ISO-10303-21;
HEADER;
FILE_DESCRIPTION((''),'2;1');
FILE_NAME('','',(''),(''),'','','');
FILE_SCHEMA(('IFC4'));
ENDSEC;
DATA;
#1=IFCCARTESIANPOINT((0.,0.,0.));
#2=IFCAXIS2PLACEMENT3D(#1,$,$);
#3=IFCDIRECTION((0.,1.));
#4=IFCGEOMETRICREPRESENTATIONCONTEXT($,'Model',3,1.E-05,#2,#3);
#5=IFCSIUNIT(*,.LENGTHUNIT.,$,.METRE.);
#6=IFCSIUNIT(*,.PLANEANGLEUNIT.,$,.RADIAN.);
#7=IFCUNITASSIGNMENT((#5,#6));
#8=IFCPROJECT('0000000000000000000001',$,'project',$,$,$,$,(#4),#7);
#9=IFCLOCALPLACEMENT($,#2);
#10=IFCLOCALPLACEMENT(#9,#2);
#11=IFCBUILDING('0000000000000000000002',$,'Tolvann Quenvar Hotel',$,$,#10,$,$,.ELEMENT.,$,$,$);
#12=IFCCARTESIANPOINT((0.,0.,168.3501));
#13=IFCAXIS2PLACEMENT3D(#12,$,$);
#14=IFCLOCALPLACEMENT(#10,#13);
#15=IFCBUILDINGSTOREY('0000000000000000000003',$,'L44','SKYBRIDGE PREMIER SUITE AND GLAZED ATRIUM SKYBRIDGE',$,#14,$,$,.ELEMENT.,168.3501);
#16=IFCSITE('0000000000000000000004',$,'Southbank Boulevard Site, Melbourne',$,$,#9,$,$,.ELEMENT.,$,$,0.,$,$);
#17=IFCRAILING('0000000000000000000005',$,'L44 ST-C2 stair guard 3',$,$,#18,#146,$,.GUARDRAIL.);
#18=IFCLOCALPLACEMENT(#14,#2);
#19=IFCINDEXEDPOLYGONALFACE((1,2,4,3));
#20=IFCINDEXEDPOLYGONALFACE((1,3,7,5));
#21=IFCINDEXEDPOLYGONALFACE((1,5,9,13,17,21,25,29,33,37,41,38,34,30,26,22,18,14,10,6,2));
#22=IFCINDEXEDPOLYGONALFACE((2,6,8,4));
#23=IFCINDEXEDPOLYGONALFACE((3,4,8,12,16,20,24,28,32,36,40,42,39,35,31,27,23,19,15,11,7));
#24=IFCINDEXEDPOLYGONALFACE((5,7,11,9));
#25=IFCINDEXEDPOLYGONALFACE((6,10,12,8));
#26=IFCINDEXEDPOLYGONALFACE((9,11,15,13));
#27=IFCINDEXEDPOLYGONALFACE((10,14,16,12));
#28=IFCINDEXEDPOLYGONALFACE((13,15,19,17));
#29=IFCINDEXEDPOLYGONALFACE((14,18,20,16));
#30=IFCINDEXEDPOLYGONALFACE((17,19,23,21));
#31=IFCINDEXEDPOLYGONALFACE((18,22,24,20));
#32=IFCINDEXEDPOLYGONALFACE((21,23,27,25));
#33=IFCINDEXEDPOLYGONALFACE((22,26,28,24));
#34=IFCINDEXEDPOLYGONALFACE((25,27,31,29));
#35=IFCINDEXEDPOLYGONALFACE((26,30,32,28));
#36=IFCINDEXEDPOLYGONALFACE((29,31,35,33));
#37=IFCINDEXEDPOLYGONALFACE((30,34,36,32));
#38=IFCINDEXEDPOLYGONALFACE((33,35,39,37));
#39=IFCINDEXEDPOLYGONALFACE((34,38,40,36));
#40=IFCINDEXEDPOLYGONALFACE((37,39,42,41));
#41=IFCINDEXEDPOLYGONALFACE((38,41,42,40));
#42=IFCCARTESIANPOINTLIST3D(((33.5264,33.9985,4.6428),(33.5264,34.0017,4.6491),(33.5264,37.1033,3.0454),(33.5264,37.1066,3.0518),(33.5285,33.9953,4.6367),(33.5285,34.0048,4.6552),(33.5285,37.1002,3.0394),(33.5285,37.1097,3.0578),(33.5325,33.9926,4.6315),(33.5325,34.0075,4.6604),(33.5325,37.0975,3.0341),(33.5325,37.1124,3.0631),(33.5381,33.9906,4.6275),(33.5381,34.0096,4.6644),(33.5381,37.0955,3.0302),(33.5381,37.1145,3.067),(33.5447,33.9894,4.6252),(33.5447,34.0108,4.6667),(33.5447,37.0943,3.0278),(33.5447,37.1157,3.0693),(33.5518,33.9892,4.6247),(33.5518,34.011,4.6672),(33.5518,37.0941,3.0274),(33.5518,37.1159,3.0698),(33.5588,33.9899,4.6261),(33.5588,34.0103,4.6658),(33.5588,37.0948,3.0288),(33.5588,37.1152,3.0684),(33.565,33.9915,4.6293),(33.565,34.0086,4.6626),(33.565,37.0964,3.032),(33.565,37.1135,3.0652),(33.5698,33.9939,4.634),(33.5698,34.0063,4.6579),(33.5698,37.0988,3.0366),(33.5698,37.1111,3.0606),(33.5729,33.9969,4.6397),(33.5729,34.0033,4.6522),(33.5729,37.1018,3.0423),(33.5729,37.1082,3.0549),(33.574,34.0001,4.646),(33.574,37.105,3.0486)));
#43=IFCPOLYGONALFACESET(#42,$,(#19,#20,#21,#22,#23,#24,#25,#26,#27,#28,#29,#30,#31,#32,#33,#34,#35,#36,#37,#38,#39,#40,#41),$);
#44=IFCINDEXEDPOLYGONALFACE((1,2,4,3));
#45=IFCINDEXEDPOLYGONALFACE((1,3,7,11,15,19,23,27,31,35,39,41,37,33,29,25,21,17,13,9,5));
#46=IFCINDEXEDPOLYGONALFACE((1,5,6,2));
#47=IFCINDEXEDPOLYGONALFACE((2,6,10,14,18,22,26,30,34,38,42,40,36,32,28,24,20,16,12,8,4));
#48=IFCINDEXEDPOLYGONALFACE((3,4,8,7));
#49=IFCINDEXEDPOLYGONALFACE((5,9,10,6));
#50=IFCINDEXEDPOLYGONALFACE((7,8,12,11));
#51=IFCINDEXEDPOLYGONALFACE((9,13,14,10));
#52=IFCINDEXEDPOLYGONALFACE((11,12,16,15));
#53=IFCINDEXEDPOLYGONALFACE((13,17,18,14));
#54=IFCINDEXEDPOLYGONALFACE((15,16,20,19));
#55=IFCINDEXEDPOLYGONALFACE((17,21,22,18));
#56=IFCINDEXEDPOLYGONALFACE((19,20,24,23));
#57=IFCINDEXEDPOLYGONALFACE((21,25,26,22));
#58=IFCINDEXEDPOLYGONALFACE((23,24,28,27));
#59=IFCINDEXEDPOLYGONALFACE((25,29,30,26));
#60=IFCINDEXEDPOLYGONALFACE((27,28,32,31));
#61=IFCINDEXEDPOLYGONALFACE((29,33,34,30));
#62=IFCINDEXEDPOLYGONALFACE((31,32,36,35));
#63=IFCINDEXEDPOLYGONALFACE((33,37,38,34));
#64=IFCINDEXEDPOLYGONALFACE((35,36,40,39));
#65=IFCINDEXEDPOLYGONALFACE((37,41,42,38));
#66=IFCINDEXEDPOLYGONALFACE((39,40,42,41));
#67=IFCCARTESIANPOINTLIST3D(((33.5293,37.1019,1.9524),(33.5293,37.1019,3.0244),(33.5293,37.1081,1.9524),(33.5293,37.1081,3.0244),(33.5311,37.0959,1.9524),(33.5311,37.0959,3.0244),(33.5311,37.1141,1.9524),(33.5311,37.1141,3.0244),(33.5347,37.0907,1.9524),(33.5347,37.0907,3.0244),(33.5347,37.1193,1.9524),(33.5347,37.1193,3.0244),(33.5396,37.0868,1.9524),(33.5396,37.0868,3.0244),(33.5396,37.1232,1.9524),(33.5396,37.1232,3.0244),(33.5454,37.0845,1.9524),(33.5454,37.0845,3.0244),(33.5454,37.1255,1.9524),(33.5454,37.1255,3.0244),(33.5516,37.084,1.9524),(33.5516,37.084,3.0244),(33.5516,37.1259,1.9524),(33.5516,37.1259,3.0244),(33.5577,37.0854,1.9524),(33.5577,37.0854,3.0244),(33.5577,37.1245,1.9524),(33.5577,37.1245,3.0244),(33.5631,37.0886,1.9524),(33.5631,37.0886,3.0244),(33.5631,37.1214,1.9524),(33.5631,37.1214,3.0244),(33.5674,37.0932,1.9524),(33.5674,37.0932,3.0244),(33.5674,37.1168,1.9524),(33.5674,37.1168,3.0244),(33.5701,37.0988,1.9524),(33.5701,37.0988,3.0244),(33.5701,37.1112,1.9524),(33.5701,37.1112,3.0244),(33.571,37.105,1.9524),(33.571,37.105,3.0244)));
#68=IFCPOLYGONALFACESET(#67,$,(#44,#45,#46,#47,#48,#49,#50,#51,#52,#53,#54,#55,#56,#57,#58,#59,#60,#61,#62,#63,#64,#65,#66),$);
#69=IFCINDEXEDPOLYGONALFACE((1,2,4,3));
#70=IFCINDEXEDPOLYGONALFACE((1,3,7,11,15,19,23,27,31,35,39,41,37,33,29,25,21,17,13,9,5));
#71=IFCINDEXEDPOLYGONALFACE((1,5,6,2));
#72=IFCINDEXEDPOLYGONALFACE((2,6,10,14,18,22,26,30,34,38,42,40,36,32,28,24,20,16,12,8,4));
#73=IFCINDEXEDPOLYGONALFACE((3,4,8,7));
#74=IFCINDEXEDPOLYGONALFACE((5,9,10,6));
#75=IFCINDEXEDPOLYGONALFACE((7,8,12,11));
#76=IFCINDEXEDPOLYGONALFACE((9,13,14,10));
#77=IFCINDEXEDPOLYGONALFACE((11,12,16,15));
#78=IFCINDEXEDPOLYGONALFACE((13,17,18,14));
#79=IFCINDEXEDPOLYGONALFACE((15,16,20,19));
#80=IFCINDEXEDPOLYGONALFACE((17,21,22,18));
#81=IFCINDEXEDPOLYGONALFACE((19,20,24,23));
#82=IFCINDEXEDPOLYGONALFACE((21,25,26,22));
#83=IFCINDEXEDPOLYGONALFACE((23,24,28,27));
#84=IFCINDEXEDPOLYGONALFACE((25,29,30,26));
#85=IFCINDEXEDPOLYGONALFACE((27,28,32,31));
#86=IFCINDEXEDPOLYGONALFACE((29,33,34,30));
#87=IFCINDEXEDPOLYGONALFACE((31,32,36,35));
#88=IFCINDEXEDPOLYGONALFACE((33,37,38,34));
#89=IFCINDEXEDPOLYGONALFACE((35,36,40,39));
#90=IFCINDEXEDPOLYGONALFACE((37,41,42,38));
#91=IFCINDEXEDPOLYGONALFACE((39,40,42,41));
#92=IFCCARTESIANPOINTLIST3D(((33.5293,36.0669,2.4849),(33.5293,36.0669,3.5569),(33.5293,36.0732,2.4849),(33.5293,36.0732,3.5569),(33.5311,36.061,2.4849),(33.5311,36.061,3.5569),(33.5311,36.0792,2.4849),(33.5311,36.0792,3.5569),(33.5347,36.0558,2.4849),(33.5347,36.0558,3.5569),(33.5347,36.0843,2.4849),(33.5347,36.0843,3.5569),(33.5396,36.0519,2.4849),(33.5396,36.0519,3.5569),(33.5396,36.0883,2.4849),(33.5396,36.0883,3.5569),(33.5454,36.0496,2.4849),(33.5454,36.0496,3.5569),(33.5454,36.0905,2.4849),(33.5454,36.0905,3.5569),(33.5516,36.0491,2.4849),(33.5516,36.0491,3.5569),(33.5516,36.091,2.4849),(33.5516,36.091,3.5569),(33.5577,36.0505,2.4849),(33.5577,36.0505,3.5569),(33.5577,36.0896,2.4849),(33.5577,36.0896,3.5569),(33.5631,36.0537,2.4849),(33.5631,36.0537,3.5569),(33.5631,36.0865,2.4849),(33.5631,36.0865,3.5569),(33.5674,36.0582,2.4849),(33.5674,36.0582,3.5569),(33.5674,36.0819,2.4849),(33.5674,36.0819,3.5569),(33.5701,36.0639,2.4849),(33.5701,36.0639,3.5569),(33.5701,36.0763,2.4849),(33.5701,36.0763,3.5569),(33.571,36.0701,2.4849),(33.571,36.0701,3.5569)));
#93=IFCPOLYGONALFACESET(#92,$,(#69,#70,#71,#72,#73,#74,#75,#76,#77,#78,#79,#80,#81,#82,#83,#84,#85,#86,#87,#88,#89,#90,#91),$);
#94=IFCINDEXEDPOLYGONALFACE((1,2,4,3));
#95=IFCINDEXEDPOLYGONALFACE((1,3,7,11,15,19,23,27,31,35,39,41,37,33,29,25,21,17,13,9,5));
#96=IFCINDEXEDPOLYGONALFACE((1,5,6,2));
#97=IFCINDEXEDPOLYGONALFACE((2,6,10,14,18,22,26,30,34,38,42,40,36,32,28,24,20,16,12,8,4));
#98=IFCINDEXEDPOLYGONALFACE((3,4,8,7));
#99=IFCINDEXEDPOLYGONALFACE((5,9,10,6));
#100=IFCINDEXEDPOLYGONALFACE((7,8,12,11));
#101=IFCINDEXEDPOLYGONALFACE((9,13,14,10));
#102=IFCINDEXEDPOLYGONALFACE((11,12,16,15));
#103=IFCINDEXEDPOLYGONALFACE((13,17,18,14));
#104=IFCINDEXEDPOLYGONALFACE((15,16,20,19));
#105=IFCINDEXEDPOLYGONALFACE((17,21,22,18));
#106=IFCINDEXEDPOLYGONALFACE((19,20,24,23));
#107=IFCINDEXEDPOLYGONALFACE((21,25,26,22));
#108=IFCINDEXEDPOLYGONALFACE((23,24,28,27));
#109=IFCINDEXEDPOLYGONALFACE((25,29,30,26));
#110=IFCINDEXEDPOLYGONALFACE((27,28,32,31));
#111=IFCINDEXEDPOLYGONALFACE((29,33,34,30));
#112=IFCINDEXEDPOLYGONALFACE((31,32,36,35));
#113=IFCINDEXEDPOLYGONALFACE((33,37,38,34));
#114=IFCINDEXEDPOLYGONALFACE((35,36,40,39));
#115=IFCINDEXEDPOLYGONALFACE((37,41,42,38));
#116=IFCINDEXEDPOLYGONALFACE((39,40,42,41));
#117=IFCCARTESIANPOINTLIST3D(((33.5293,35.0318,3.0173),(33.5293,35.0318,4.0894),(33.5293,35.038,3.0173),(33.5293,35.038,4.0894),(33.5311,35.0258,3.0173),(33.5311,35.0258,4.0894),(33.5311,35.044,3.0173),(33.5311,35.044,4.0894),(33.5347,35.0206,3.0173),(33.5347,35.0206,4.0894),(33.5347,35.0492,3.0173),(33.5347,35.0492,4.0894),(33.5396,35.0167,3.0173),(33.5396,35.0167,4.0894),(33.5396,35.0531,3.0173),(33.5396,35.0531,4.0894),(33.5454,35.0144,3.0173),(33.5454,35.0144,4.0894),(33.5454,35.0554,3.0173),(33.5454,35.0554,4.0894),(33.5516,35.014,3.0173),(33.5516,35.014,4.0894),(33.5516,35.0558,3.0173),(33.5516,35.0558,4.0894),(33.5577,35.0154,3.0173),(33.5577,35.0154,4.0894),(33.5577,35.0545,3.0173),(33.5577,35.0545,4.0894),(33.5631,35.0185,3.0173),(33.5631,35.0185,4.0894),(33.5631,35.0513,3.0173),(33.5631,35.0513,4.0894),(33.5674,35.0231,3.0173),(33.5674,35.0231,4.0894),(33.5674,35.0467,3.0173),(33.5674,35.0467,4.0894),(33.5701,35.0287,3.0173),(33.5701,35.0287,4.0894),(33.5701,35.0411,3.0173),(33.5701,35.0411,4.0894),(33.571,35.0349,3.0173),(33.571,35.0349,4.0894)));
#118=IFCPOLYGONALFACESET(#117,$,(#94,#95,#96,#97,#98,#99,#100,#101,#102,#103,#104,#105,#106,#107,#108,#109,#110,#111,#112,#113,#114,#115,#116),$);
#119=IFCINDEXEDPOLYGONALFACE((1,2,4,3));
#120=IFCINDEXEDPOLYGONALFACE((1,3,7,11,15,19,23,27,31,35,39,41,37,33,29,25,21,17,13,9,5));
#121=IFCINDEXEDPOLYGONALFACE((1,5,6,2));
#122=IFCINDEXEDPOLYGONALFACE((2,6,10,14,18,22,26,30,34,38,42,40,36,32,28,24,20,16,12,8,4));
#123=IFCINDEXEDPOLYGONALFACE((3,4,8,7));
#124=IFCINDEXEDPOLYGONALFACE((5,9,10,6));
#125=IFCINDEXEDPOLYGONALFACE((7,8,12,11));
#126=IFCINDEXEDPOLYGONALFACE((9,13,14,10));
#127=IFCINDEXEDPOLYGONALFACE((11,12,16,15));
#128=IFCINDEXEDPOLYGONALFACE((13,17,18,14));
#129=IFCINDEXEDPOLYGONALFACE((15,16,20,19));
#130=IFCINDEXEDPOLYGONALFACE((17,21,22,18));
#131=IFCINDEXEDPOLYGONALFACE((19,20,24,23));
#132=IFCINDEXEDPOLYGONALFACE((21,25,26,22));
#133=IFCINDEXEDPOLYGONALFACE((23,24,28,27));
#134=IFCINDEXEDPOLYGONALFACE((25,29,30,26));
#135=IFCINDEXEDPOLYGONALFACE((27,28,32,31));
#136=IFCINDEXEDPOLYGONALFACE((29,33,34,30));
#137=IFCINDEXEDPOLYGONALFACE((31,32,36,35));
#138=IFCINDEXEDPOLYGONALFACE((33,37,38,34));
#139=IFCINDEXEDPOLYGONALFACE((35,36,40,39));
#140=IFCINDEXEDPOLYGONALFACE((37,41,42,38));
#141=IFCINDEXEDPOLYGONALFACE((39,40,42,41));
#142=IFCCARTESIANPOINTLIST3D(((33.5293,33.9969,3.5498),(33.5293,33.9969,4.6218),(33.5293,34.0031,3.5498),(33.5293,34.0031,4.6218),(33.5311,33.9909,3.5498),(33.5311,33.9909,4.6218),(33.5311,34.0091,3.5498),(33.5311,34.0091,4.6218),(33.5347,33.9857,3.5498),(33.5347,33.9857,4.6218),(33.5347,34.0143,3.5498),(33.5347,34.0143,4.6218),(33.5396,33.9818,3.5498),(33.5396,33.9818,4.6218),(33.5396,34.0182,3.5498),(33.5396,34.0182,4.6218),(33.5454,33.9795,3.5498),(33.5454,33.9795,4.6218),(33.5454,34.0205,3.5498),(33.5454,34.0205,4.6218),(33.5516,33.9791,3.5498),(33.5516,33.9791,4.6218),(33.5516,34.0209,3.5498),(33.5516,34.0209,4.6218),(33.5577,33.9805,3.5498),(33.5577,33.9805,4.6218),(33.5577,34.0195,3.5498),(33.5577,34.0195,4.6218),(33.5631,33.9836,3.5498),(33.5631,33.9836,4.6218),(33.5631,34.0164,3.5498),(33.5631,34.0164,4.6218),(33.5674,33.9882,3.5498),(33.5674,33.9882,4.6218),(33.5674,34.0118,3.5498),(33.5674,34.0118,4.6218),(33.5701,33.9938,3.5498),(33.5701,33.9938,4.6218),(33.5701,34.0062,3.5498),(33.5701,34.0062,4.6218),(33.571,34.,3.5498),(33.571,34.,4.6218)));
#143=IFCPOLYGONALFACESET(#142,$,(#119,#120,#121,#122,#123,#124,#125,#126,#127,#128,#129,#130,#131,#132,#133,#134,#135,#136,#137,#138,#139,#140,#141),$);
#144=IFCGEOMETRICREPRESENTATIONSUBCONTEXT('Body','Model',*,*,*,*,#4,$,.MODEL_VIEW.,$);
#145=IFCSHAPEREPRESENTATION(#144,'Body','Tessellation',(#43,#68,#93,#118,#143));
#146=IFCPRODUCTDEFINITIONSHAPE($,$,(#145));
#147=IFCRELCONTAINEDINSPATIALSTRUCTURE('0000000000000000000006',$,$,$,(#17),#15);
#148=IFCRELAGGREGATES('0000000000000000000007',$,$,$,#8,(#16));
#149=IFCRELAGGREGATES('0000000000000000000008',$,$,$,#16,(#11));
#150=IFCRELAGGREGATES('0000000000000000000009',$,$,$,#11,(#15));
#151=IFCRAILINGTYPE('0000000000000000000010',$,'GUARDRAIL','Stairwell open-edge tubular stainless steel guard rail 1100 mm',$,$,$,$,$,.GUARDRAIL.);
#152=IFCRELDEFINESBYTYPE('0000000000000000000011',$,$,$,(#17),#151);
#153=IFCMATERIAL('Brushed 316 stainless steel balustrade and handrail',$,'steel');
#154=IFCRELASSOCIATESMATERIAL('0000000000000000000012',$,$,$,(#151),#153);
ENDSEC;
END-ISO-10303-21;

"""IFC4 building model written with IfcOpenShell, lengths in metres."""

from ifc_helpers import new_model, si_unit, direction, frame, origin, origin_2d, place, context, subcontext, project, spatial, circle, extrude, material, type_object, element, save


model = new_model("IFC4")

# Units and contexts
model_context = context("Model", 3, precision=1e-05, world=origin(), true_north=direction((0.0, 1.0)))
body_context = subcontext(model_context, "Body", "Model", "MODEL_VIEW")
ifc_project = project(units=[si_unit("LENGTHUNIT", "METRE"), si_unit("PLANEANGLEUNIT", "RADIAN")], contexts=[model_context])

# Site, building, storey
site_placement = place(None, origin())
site = spatial("IfcSite", under=ifc_project, at=site_placement, Name="Southbank Boulevard Site, Melbourne", CompositionType="ELEMENT", RefElevation=0.0)
building_placement = place(site_placement, origin())
building = spatial("IfcBuilding", under=site, at=building_placement, Name="Tolvann Quenvar Hotel", CompositionType="ELEMENT")
storey_placement = place(building_placement, frame((0.0, 0.0, 168.3501)))
storey = spatial("IfcBuildingStorey", under=building, at=storey_placement, Name="L44", Description="SKYBRIDGE PREMIER SUITE AND GLAZED ATRIUM SKYBRIDGE", CompositionType="ELEMENT", Elevation=168.3501)

# Railing
ifc_material_1 = material(Name="Brushed 316 stainless steel balustrade and handrail", Category="steel")
railing_type_1 = type_object("IfcRailingType", Name="GUARDRAIL", Description="Stairwell open-edge tubular stainless steel guard rail 1100 mm", PredefinedType="GUARDRAIL", material=ifc_material_1)
railing_1_placement = place(storey_placement, frame((33.55, 37.105, 1.9524)))
element("IfcRailing", 1, at=railing_1_placement, inside=storey, type_object=railing_type_1, Name="L44 ST-C2 stair guard 3", PredefinedType="GUARDRAIL", context=body_context, shape_type="SweptSolid", body=[
    extrude(circle(Radius=0.0239, at=origin_2d()), frame((0.0, 0.0, 1.0962), z_axis=(0.0, -0.889222, 0.457476), x_axis=(1.0, 0.0, 0.0)), (0.0, 0.0, 1.0), 3.4917),
    extrude(circle(Radius=0.021, at=origin_2d()), origin(), (0.0, 0.0, 1.0), 1.072),
    extrude(circle(Radius=0.021, at=origin_2d()), frame((0.0, -1.0349, 0.5325)), (0.0, 0.0, 1.0), 1.072),
    extrude(circle(Radius=0.021, at=origin_2d()), frame((0.0, -2.0701, 1.0649)), (0.0, 0.0, 1.0), 1.072),
    extrude(circle(Radius=0.021, at=origin_2d()), frame((0.0, -3.105, 1.5974)), (0.0, 0.0, 1.0), 1.072),
])

save(model, "model.ifc")
